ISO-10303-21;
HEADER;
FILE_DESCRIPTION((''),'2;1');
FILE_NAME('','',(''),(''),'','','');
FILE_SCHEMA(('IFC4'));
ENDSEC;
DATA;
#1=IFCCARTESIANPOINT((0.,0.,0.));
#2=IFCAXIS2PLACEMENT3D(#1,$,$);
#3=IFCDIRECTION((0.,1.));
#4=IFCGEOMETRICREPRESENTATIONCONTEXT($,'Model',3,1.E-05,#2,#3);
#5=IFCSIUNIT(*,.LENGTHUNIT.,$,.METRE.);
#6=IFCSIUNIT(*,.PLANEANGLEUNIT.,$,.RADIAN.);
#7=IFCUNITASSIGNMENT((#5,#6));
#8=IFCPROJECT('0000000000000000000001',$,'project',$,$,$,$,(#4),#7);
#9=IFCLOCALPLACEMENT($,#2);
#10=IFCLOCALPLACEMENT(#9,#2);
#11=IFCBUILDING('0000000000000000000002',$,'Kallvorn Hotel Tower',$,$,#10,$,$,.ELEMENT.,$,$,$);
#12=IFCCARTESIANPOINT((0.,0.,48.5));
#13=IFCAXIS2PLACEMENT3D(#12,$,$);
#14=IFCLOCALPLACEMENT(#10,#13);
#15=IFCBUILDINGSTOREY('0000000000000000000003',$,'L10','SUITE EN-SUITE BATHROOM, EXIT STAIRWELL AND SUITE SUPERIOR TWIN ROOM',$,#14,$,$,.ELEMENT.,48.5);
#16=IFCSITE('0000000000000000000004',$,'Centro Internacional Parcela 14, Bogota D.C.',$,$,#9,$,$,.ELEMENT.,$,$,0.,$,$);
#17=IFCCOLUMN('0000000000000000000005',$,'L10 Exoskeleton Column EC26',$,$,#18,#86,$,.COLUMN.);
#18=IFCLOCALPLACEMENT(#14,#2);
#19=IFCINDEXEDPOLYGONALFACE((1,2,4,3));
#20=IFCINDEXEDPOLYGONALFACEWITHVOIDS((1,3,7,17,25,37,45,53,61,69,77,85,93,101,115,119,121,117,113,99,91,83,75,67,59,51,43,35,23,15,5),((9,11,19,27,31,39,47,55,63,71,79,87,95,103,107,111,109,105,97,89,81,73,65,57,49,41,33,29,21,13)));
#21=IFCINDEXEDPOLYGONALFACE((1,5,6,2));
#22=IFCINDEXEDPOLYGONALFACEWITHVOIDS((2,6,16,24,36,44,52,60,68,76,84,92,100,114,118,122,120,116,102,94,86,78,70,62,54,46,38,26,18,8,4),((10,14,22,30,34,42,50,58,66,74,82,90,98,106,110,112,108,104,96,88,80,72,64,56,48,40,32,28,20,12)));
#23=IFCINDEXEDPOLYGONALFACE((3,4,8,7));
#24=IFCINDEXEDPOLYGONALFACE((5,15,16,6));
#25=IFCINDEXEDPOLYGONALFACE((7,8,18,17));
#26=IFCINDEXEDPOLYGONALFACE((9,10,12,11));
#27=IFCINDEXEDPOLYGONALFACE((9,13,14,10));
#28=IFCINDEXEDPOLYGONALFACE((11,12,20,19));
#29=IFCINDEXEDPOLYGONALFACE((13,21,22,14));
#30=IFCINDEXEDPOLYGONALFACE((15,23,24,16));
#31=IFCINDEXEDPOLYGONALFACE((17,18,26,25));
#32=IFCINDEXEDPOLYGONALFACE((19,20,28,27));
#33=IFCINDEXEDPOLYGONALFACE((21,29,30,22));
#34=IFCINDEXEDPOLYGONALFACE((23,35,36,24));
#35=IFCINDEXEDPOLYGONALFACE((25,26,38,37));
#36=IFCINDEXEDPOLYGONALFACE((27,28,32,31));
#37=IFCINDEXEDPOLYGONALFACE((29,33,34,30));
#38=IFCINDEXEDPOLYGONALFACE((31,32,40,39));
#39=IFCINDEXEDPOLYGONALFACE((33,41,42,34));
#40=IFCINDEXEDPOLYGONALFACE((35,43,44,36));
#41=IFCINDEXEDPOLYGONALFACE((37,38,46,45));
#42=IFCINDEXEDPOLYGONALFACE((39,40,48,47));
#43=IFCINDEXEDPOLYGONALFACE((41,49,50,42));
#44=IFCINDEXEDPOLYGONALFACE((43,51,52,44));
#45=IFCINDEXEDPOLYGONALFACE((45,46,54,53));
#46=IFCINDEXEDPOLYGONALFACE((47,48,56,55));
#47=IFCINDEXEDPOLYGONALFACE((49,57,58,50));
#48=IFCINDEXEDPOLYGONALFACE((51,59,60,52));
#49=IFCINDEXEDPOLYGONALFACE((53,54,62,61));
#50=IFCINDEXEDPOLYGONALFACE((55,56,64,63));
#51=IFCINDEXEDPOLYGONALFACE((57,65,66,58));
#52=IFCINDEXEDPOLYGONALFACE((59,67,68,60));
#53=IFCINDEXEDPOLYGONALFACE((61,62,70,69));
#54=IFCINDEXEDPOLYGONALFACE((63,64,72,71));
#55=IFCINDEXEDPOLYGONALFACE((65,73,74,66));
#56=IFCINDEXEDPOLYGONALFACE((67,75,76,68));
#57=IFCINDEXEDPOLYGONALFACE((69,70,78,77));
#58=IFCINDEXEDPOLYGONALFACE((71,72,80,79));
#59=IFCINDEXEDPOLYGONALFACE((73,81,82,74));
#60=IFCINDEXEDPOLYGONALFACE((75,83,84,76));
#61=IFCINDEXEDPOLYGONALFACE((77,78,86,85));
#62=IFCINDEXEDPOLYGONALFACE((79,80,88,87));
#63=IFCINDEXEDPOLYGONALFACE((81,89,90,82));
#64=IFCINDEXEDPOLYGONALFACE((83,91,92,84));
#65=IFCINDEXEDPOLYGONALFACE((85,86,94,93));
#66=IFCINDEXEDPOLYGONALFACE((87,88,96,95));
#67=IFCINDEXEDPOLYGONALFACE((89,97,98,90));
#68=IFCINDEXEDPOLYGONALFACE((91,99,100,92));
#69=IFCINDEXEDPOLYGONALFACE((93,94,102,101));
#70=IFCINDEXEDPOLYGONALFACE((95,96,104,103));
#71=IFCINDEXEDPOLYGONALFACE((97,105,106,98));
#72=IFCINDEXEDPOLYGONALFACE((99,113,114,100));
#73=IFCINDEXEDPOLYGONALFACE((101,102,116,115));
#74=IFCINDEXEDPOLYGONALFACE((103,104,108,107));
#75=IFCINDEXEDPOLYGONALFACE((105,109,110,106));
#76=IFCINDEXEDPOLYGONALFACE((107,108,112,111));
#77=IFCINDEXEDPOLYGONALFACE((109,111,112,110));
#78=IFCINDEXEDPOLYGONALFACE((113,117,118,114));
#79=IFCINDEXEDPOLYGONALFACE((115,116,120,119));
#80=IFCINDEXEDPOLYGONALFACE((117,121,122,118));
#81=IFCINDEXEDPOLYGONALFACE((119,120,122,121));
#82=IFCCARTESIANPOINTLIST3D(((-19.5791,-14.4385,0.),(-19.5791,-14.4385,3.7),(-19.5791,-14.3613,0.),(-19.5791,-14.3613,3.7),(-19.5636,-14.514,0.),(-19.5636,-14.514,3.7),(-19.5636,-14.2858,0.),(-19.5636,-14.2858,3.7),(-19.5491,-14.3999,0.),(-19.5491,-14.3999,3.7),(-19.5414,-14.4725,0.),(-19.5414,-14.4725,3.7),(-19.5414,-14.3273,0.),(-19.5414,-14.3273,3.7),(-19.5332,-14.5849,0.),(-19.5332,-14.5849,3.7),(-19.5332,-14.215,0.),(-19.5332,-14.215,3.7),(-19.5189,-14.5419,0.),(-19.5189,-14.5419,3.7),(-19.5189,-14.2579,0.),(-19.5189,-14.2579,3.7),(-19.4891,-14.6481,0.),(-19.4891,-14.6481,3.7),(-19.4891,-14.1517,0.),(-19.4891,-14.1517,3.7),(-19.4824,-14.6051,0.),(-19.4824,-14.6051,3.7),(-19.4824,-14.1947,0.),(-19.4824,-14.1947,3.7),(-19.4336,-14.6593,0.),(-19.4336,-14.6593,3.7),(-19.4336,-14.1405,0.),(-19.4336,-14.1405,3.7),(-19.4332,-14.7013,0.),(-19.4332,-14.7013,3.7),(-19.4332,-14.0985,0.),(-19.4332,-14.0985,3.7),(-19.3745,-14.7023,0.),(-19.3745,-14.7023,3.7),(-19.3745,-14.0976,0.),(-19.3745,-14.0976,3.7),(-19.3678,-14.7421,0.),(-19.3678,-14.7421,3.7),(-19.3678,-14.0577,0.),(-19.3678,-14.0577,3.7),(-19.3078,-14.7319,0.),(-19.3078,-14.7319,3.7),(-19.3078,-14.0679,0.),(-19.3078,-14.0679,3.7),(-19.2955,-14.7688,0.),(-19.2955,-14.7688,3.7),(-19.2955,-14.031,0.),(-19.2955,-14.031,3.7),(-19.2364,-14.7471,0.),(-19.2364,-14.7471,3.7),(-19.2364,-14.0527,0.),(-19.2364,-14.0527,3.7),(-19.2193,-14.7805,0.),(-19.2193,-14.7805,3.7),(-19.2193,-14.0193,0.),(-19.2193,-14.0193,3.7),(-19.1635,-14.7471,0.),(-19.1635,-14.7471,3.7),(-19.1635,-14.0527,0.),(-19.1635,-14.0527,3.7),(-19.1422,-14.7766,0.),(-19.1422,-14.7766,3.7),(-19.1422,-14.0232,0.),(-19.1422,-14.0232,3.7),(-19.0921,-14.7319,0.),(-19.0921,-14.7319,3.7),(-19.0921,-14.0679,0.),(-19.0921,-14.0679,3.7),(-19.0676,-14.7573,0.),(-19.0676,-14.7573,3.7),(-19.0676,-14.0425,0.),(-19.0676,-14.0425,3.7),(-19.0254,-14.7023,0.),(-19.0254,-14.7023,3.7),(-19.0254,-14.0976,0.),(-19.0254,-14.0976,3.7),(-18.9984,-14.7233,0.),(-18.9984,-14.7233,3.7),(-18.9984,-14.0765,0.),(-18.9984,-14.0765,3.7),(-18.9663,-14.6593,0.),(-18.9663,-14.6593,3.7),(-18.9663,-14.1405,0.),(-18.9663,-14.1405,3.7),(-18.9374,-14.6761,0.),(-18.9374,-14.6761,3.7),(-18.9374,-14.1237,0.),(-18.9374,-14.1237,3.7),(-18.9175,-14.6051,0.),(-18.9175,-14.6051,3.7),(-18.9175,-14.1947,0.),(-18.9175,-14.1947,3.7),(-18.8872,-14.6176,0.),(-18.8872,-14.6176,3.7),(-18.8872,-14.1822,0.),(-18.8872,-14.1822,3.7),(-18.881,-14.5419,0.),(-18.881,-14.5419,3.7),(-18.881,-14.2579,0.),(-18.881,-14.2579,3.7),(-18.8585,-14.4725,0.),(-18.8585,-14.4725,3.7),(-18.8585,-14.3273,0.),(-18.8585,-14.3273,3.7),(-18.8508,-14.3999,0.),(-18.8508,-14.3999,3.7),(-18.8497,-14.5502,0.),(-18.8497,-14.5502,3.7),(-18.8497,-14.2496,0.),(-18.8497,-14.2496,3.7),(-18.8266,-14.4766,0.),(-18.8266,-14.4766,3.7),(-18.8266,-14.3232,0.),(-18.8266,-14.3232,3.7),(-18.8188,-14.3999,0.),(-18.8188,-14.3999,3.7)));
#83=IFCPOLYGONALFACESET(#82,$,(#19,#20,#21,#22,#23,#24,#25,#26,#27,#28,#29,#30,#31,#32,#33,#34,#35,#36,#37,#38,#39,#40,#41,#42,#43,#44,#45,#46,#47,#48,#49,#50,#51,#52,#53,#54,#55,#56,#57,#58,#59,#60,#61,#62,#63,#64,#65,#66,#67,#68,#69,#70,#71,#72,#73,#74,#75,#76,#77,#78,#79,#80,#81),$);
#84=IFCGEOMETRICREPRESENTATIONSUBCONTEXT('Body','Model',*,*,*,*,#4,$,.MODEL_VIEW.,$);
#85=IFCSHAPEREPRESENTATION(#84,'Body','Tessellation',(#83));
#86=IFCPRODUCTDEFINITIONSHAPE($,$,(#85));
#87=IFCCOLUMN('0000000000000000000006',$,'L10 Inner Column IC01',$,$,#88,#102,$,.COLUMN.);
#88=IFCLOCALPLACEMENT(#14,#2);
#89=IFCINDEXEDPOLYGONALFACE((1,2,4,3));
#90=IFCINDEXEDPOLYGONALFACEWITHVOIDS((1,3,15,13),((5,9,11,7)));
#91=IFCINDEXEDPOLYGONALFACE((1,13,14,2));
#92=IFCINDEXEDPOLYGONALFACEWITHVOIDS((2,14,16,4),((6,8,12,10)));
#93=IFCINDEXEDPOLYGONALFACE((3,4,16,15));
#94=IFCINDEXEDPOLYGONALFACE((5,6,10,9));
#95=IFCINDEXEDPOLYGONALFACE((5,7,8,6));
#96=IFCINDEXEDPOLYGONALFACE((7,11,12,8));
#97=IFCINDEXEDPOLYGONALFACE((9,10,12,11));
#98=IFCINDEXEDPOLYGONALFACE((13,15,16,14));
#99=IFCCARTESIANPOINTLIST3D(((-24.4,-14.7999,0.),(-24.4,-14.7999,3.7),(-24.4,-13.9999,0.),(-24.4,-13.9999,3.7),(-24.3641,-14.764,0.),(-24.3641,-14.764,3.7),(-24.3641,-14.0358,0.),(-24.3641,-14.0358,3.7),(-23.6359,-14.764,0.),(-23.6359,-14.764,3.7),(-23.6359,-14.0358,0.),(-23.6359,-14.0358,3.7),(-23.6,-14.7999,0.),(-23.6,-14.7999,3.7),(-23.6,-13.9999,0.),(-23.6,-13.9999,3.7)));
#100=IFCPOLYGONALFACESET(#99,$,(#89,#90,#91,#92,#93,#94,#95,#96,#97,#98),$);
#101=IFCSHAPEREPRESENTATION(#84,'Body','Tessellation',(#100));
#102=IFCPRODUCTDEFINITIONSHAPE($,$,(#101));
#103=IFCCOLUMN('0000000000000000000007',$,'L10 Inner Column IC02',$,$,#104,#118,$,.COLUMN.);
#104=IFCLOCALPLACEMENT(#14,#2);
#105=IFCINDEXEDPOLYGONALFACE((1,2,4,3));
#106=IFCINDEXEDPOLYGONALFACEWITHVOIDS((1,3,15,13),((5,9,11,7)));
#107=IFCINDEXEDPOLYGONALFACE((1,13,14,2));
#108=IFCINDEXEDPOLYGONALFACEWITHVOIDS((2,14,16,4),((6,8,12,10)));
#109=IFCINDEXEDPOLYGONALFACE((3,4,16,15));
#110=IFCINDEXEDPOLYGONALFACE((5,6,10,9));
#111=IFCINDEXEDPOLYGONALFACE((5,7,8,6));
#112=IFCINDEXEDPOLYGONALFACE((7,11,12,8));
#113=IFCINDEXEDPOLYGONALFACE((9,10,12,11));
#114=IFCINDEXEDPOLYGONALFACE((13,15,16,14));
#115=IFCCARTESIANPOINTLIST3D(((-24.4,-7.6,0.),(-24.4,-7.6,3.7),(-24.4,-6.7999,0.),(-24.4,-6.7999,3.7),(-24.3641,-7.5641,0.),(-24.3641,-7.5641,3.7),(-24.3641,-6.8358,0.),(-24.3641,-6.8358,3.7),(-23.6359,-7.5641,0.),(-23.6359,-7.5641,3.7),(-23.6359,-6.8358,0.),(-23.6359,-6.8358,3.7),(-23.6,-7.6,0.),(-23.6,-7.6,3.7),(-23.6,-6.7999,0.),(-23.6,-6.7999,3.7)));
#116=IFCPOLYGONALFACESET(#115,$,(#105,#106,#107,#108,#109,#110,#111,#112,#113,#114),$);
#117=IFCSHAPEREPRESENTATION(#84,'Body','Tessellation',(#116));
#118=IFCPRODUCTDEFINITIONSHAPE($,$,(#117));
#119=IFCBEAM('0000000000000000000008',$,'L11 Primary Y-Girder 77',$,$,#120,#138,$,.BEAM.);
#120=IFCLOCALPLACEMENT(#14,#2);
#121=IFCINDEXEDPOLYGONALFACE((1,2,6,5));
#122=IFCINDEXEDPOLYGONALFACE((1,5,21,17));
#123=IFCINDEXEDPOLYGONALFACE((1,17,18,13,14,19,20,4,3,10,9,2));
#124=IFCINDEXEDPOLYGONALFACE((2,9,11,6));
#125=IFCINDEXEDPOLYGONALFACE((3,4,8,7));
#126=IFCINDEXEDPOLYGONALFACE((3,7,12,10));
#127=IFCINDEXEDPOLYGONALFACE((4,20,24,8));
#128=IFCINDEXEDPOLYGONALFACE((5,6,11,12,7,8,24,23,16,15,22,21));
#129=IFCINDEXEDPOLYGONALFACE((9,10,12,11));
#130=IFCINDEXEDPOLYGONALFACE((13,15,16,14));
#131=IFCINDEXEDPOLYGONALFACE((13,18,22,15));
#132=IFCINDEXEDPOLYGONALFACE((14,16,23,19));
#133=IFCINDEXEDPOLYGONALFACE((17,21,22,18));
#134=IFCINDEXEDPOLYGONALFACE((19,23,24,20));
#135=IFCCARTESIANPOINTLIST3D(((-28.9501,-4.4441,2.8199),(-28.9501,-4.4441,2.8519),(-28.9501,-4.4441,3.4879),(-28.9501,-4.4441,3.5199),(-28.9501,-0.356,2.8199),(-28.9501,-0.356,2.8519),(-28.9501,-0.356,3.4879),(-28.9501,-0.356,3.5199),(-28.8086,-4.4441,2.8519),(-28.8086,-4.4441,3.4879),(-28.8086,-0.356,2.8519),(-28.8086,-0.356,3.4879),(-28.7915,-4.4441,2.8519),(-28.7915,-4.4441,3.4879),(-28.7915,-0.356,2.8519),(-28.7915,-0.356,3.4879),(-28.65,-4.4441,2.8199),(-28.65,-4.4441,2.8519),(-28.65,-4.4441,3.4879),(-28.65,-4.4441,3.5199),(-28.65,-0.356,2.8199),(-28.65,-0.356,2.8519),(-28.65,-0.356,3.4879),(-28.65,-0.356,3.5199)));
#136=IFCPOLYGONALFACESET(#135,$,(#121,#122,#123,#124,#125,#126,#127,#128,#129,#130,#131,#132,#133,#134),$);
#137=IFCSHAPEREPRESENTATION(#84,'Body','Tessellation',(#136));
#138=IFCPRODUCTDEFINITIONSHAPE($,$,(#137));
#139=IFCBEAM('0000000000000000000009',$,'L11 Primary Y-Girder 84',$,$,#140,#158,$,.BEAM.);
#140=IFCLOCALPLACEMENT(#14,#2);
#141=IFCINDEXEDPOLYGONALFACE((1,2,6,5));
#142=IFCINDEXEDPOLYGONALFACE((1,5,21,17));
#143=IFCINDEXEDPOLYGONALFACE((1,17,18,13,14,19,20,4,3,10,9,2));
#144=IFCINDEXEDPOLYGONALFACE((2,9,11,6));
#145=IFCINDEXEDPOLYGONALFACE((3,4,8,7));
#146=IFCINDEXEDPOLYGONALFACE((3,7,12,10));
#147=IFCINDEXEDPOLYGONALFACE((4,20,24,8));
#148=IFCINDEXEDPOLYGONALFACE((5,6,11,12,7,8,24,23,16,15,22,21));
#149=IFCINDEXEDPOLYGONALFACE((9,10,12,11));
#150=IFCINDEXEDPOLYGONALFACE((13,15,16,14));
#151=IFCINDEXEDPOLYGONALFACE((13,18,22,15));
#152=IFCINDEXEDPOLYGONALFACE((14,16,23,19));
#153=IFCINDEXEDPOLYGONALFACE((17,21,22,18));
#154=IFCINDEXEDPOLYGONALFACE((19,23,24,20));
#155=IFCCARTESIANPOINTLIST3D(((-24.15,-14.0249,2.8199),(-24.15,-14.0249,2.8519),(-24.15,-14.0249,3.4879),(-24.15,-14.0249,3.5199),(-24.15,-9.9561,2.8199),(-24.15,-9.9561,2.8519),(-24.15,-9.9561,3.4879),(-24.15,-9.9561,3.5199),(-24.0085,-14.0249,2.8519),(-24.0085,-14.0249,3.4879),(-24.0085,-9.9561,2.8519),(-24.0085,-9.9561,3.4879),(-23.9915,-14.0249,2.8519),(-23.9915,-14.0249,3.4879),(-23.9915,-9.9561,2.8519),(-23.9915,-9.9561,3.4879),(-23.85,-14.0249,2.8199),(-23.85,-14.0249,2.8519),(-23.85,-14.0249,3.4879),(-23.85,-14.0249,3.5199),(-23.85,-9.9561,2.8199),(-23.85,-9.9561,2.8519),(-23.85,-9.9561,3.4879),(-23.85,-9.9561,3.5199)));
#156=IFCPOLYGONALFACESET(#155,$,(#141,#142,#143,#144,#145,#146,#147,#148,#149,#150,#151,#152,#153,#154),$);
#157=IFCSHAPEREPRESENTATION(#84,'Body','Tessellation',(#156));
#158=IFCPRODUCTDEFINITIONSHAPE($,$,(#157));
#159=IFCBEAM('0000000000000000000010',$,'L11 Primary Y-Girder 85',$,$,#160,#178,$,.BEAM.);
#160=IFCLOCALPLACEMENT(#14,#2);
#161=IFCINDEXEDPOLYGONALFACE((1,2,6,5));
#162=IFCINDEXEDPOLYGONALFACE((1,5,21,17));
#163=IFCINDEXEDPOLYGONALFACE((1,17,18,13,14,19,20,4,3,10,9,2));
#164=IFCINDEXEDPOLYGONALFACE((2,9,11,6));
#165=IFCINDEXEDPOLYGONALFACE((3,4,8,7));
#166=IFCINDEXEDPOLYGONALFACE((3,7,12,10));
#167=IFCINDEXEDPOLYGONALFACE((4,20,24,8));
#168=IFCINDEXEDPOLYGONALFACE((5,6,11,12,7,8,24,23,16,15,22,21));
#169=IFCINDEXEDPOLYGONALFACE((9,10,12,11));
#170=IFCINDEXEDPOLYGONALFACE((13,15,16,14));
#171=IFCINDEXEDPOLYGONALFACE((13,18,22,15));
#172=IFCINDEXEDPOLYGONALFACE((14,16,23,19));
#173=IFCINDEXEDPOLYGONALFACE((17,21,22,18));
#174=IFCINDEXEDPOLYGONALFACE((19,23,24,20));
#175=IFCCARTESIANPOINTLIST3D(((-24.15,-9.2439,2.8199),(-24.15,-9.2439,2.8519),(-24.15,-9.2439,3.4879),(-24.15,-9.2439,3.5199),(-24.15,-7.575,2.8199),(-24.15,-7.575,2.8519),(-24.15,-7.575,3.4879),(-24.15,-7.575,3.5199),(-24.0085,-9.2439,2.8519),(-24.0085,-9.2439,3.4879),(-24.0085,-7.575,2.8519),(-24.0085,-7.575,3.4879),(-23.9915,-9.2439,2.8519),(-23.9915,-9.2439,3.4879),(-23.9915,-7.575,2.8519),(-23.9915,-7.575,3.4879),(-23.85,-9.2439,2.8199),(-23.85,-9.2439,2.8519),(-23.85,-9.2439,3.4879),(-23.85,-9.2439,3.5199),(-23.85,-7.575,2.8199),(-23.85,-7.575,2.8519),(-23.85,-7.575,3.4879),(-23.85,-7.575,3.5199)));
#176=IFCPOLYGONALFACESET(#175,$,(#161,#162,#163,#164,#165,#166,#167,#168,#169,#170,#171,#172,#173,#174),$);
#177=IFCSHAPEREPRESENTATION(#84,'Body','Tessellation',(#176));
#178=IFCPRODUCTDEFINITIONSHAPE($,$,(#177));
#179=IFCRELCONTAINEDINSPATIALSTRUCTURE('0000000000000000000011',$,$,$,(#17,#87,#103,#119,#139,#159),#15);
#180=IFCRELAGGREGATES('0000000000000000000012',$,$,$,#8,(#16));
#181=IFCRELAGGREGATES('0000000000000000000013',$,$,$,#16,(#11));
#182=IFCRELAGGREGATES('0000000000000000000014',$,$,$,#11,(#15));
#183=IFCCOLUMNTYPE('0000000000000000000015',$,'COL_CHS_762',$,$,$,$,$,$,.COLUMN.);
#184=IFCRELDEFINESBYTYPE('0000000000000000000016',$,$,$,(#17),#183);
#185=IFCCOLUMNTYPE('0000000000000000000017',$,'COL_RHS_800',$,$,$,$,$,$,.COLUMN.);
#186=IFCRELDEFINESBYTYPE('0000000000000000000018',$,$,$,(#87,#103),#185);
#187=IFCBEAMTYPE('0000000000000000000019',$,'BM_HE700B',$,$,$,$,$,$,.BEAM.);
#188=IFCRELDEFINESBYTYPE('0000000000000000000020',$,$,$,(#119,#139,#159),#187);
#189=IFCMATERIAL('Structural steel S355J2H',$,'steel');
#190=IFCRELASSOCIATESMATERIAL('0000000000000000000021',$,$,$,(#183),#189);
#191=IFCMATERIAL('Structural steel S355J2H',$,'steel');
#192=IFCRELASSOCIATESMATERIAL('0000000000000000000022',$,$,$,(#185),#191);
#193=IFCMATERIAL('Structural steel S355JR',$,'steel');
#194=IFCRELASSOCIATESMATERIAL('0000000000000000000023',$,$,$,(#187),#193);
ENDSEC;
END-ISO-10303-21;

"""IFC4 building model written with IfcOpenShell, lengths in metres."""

from ifc_helpers import new_model, si_unit, direction, frame, origin, origin_2d, place, context, subcontext, project, spatial, hollow_rectangle, hollow_circle, i_section, extrude, material, material_profile, profile_set, type_object, element, save


model = new_model("IFC4")

# Units and contexts
model_context = context("Model", 3, precision=1e-05, world=origin(), true_north=direction((0.0, 1.0)))
body_context = subcontext(model_context, "Body", "Model", "MODEL_VIEW")
ifc_project = project(units=[si_unit("LENGTHUNIT", "METRE"), si_unit("PLANEANGLEUNIT", "RADIAN")], contexts=[model_context])

# Site, building, storey
site_placement = place(None, origin())
site = spatial("IfcSite", under=ifc_project, at=site_placement, Name="Centro Internacional Parcela 14, Bogota D.C.", CompositionType="ELEMENT", RefElevation=0.0)
building_placement = place(site_placement, origin())
building = spatial("IfcBuilding", under=site, at=building_placement, Name="Kallvorn Hotel Tower", CompositionType="ELEMENT")
storey_placement = place(building_placement, frame((0.0, 0.0, 48.5)))
storey = spatial("IfcBuildingStorey", under=building, at=storey_placement, Name="L10", Description="SUITE EN-SUITE BATHROOM, EXIT STAIRWELL AND SUITE SUPERIOR TWIN ROOM", CompositionType="ELEMENT", Elevation=48.5)

# Columns
ifc_material_1 = material(Name="Structural steel S355J2H", Category="steel")
ifc_material_profile_1 = material_profile(ifc_material_1, hollow_circle(Radius=0.3811, WallThickness=0.032, at=origin_2d()), Name="CHS 762x32")
ifc_profile_set_1 = profile_set([ifc_material_profile_1], Name="Structural steel S355J2H")
column_type_1 = type_object("IfcColumnType", Name="COL_CHS_762", PredefinedType="COLUMN", material=ifc_profile_set_1)
for number, where, z_axis, x_axis, name in (
    (1, (-19.2, -14.3999, 0.0), (0.0, 0.0, 1.0), (1.0, 0.0, 0.0), "L10 Exoskeleton Column EC26"),
):
    element("IfcColumn", number, at=place(storey_placement, frame(where, z_axis=z_axis, x_axis=x_axis)), inside=storey, type_object=column_type_1, Name=name, PredefinedType="COLUMN", context=body_context, shape_type="SweptSolid", body=[
        extrude(hollow_circle(Radius=0.3811, WallThickness=0.032, at=origin_2d()), origin(), (0.0, 0.0, 1.0), 3.7),
    ])
ifc_material_2 = material(Name="Structural steel S355J2H", Category="steel")
ifc_material_profile_2 = material_profile(ifc_material_2, hollow_rectangle(XDim=0.8, YDim=0.8, WallThickness=0.0359, at=origin_2d()), Name="RHS 800x800x36")
ifc_profile_set_2 = profile_set([ifc_material_profile_2], Name="Structural steel S355J2H")
column_type_2 = type_object("IfcColumnType", Name="COL_RHS_800", PredefinedType="COLUMN", material=ifc_profile_set_2)
for number, where, z_axis, x_axis, name in (
    (2, (-24.0, -14.3999, 0.0), (0.0, 0.0, 1.0), (1.0, 0.0, 0.0), "L10 Inner Column IC01"),
    (3, (-24.0, -7.2, 0.0), (0.0, 0.0, 1.0), (1.0, 0.0, 0.0), "L10 Inner Column IC02"),
):
    element("IfcColumn", number, at=place(storey_placement, frame(where, z_axis=z_axis, x_axis=x_axis)), inside=storey, type_object=column_type_2, Name=name, PredefinedType="COLUMN", context=body_context, shape_type="SweptSolid", body=[
        extrude(hollow_rectangle(XDim=0.8, YDim=0.8, WallThickness=0.0359, at=origin_2d()), origin(), (0.0, 0.0, 1.0), 3.7),
    ])

# Beams
ifc_material_3 = material(Name="Structural steel S355JR", Category="steel")
ifc_material_profile_3 = material_profile(ifc_material_3, i_section(OverallWidth=0.3, OverallDepth=0.7, WebThickness=0.0171, FlangeThickness=0.032, at=origin_2d()), Name="HE 700 B")
ifc_profile_set_3 = profile_set([ifc_material_profile_3], Name="Structural steel S355JR")
beam_type_1 = type_object("IfcBeamType", Name="BM_HE700B", PredefinedType="BEAM", material=ifc_profile_set_3)
beam_1_placement = place(storey_placement, frame((-28.8, -4.4441, 3.1699), z_axis=(0.0, 1.0, 0.0), x_axis=(-1.0, 0.0, 0.0)))
element("IfcBeam", 4, at=beam_1_placement, inside=storey, type_object=beam_type_1, Name="L11 Primary Y-Girder 77", PredefinedType="BEAM", context=body_context, shape_type="SweptSolid", body=[
    extrude(i_section(OverallWidth=0.3, OverallDepth=0.7, WebThickness=0.0171, FlangeThickness=0.032, at=origin_2d()), origin(), (0.0, 0.0, 1.0), 4.0881),
])
beam_2_placement = place(storey_placement, frame((-24.0, -14.0249, 3.1699), z_axis=(0.0, 1.0, 0.0), x_axis=(-1.0, 0.0, 0.0)))
element("IfcBeam", 5, at=beam_2_placement, inside=storey, type_object=beam_type_1, Name="L11 Primary Y-Girder 84", PredefinedType="BEAM", context=body_context, shape_type="SweptSolid", body=[
    extrude(i_section(OverallWidth=0.3, OverallDepth=0.7, WebThickness=0.0171, FlangeThickness=0.032, at=origin_2d()), origin(), (0.0, 0.0, 1.0), 4.0688),
])
beam_3_placement = place(storey_placement, frame((-24.0, -9.2439, 3.1699), z_axis=(0.0, 1.0, 0.0), x_axis=(-1.0, 0.0, 0.0)))
element("IfcBeam", 6, at=beam_3_placement, inside=storey, type_object=beam_type_1, Name="L11 Primary Y-Girder 85", PredefinedType="BEAM", context=body_context, shape_type="SweptSolid", body=[
    extrude(i_section(OverallWidth=0.3, OverallDepth=0.7, WebThickness=0.0171, FlangeThickness=0.032, at=origin_2d()), origin(), (0.0, 0.0, 1.0), 1.6689),
])

save(model, "model.ifc")
